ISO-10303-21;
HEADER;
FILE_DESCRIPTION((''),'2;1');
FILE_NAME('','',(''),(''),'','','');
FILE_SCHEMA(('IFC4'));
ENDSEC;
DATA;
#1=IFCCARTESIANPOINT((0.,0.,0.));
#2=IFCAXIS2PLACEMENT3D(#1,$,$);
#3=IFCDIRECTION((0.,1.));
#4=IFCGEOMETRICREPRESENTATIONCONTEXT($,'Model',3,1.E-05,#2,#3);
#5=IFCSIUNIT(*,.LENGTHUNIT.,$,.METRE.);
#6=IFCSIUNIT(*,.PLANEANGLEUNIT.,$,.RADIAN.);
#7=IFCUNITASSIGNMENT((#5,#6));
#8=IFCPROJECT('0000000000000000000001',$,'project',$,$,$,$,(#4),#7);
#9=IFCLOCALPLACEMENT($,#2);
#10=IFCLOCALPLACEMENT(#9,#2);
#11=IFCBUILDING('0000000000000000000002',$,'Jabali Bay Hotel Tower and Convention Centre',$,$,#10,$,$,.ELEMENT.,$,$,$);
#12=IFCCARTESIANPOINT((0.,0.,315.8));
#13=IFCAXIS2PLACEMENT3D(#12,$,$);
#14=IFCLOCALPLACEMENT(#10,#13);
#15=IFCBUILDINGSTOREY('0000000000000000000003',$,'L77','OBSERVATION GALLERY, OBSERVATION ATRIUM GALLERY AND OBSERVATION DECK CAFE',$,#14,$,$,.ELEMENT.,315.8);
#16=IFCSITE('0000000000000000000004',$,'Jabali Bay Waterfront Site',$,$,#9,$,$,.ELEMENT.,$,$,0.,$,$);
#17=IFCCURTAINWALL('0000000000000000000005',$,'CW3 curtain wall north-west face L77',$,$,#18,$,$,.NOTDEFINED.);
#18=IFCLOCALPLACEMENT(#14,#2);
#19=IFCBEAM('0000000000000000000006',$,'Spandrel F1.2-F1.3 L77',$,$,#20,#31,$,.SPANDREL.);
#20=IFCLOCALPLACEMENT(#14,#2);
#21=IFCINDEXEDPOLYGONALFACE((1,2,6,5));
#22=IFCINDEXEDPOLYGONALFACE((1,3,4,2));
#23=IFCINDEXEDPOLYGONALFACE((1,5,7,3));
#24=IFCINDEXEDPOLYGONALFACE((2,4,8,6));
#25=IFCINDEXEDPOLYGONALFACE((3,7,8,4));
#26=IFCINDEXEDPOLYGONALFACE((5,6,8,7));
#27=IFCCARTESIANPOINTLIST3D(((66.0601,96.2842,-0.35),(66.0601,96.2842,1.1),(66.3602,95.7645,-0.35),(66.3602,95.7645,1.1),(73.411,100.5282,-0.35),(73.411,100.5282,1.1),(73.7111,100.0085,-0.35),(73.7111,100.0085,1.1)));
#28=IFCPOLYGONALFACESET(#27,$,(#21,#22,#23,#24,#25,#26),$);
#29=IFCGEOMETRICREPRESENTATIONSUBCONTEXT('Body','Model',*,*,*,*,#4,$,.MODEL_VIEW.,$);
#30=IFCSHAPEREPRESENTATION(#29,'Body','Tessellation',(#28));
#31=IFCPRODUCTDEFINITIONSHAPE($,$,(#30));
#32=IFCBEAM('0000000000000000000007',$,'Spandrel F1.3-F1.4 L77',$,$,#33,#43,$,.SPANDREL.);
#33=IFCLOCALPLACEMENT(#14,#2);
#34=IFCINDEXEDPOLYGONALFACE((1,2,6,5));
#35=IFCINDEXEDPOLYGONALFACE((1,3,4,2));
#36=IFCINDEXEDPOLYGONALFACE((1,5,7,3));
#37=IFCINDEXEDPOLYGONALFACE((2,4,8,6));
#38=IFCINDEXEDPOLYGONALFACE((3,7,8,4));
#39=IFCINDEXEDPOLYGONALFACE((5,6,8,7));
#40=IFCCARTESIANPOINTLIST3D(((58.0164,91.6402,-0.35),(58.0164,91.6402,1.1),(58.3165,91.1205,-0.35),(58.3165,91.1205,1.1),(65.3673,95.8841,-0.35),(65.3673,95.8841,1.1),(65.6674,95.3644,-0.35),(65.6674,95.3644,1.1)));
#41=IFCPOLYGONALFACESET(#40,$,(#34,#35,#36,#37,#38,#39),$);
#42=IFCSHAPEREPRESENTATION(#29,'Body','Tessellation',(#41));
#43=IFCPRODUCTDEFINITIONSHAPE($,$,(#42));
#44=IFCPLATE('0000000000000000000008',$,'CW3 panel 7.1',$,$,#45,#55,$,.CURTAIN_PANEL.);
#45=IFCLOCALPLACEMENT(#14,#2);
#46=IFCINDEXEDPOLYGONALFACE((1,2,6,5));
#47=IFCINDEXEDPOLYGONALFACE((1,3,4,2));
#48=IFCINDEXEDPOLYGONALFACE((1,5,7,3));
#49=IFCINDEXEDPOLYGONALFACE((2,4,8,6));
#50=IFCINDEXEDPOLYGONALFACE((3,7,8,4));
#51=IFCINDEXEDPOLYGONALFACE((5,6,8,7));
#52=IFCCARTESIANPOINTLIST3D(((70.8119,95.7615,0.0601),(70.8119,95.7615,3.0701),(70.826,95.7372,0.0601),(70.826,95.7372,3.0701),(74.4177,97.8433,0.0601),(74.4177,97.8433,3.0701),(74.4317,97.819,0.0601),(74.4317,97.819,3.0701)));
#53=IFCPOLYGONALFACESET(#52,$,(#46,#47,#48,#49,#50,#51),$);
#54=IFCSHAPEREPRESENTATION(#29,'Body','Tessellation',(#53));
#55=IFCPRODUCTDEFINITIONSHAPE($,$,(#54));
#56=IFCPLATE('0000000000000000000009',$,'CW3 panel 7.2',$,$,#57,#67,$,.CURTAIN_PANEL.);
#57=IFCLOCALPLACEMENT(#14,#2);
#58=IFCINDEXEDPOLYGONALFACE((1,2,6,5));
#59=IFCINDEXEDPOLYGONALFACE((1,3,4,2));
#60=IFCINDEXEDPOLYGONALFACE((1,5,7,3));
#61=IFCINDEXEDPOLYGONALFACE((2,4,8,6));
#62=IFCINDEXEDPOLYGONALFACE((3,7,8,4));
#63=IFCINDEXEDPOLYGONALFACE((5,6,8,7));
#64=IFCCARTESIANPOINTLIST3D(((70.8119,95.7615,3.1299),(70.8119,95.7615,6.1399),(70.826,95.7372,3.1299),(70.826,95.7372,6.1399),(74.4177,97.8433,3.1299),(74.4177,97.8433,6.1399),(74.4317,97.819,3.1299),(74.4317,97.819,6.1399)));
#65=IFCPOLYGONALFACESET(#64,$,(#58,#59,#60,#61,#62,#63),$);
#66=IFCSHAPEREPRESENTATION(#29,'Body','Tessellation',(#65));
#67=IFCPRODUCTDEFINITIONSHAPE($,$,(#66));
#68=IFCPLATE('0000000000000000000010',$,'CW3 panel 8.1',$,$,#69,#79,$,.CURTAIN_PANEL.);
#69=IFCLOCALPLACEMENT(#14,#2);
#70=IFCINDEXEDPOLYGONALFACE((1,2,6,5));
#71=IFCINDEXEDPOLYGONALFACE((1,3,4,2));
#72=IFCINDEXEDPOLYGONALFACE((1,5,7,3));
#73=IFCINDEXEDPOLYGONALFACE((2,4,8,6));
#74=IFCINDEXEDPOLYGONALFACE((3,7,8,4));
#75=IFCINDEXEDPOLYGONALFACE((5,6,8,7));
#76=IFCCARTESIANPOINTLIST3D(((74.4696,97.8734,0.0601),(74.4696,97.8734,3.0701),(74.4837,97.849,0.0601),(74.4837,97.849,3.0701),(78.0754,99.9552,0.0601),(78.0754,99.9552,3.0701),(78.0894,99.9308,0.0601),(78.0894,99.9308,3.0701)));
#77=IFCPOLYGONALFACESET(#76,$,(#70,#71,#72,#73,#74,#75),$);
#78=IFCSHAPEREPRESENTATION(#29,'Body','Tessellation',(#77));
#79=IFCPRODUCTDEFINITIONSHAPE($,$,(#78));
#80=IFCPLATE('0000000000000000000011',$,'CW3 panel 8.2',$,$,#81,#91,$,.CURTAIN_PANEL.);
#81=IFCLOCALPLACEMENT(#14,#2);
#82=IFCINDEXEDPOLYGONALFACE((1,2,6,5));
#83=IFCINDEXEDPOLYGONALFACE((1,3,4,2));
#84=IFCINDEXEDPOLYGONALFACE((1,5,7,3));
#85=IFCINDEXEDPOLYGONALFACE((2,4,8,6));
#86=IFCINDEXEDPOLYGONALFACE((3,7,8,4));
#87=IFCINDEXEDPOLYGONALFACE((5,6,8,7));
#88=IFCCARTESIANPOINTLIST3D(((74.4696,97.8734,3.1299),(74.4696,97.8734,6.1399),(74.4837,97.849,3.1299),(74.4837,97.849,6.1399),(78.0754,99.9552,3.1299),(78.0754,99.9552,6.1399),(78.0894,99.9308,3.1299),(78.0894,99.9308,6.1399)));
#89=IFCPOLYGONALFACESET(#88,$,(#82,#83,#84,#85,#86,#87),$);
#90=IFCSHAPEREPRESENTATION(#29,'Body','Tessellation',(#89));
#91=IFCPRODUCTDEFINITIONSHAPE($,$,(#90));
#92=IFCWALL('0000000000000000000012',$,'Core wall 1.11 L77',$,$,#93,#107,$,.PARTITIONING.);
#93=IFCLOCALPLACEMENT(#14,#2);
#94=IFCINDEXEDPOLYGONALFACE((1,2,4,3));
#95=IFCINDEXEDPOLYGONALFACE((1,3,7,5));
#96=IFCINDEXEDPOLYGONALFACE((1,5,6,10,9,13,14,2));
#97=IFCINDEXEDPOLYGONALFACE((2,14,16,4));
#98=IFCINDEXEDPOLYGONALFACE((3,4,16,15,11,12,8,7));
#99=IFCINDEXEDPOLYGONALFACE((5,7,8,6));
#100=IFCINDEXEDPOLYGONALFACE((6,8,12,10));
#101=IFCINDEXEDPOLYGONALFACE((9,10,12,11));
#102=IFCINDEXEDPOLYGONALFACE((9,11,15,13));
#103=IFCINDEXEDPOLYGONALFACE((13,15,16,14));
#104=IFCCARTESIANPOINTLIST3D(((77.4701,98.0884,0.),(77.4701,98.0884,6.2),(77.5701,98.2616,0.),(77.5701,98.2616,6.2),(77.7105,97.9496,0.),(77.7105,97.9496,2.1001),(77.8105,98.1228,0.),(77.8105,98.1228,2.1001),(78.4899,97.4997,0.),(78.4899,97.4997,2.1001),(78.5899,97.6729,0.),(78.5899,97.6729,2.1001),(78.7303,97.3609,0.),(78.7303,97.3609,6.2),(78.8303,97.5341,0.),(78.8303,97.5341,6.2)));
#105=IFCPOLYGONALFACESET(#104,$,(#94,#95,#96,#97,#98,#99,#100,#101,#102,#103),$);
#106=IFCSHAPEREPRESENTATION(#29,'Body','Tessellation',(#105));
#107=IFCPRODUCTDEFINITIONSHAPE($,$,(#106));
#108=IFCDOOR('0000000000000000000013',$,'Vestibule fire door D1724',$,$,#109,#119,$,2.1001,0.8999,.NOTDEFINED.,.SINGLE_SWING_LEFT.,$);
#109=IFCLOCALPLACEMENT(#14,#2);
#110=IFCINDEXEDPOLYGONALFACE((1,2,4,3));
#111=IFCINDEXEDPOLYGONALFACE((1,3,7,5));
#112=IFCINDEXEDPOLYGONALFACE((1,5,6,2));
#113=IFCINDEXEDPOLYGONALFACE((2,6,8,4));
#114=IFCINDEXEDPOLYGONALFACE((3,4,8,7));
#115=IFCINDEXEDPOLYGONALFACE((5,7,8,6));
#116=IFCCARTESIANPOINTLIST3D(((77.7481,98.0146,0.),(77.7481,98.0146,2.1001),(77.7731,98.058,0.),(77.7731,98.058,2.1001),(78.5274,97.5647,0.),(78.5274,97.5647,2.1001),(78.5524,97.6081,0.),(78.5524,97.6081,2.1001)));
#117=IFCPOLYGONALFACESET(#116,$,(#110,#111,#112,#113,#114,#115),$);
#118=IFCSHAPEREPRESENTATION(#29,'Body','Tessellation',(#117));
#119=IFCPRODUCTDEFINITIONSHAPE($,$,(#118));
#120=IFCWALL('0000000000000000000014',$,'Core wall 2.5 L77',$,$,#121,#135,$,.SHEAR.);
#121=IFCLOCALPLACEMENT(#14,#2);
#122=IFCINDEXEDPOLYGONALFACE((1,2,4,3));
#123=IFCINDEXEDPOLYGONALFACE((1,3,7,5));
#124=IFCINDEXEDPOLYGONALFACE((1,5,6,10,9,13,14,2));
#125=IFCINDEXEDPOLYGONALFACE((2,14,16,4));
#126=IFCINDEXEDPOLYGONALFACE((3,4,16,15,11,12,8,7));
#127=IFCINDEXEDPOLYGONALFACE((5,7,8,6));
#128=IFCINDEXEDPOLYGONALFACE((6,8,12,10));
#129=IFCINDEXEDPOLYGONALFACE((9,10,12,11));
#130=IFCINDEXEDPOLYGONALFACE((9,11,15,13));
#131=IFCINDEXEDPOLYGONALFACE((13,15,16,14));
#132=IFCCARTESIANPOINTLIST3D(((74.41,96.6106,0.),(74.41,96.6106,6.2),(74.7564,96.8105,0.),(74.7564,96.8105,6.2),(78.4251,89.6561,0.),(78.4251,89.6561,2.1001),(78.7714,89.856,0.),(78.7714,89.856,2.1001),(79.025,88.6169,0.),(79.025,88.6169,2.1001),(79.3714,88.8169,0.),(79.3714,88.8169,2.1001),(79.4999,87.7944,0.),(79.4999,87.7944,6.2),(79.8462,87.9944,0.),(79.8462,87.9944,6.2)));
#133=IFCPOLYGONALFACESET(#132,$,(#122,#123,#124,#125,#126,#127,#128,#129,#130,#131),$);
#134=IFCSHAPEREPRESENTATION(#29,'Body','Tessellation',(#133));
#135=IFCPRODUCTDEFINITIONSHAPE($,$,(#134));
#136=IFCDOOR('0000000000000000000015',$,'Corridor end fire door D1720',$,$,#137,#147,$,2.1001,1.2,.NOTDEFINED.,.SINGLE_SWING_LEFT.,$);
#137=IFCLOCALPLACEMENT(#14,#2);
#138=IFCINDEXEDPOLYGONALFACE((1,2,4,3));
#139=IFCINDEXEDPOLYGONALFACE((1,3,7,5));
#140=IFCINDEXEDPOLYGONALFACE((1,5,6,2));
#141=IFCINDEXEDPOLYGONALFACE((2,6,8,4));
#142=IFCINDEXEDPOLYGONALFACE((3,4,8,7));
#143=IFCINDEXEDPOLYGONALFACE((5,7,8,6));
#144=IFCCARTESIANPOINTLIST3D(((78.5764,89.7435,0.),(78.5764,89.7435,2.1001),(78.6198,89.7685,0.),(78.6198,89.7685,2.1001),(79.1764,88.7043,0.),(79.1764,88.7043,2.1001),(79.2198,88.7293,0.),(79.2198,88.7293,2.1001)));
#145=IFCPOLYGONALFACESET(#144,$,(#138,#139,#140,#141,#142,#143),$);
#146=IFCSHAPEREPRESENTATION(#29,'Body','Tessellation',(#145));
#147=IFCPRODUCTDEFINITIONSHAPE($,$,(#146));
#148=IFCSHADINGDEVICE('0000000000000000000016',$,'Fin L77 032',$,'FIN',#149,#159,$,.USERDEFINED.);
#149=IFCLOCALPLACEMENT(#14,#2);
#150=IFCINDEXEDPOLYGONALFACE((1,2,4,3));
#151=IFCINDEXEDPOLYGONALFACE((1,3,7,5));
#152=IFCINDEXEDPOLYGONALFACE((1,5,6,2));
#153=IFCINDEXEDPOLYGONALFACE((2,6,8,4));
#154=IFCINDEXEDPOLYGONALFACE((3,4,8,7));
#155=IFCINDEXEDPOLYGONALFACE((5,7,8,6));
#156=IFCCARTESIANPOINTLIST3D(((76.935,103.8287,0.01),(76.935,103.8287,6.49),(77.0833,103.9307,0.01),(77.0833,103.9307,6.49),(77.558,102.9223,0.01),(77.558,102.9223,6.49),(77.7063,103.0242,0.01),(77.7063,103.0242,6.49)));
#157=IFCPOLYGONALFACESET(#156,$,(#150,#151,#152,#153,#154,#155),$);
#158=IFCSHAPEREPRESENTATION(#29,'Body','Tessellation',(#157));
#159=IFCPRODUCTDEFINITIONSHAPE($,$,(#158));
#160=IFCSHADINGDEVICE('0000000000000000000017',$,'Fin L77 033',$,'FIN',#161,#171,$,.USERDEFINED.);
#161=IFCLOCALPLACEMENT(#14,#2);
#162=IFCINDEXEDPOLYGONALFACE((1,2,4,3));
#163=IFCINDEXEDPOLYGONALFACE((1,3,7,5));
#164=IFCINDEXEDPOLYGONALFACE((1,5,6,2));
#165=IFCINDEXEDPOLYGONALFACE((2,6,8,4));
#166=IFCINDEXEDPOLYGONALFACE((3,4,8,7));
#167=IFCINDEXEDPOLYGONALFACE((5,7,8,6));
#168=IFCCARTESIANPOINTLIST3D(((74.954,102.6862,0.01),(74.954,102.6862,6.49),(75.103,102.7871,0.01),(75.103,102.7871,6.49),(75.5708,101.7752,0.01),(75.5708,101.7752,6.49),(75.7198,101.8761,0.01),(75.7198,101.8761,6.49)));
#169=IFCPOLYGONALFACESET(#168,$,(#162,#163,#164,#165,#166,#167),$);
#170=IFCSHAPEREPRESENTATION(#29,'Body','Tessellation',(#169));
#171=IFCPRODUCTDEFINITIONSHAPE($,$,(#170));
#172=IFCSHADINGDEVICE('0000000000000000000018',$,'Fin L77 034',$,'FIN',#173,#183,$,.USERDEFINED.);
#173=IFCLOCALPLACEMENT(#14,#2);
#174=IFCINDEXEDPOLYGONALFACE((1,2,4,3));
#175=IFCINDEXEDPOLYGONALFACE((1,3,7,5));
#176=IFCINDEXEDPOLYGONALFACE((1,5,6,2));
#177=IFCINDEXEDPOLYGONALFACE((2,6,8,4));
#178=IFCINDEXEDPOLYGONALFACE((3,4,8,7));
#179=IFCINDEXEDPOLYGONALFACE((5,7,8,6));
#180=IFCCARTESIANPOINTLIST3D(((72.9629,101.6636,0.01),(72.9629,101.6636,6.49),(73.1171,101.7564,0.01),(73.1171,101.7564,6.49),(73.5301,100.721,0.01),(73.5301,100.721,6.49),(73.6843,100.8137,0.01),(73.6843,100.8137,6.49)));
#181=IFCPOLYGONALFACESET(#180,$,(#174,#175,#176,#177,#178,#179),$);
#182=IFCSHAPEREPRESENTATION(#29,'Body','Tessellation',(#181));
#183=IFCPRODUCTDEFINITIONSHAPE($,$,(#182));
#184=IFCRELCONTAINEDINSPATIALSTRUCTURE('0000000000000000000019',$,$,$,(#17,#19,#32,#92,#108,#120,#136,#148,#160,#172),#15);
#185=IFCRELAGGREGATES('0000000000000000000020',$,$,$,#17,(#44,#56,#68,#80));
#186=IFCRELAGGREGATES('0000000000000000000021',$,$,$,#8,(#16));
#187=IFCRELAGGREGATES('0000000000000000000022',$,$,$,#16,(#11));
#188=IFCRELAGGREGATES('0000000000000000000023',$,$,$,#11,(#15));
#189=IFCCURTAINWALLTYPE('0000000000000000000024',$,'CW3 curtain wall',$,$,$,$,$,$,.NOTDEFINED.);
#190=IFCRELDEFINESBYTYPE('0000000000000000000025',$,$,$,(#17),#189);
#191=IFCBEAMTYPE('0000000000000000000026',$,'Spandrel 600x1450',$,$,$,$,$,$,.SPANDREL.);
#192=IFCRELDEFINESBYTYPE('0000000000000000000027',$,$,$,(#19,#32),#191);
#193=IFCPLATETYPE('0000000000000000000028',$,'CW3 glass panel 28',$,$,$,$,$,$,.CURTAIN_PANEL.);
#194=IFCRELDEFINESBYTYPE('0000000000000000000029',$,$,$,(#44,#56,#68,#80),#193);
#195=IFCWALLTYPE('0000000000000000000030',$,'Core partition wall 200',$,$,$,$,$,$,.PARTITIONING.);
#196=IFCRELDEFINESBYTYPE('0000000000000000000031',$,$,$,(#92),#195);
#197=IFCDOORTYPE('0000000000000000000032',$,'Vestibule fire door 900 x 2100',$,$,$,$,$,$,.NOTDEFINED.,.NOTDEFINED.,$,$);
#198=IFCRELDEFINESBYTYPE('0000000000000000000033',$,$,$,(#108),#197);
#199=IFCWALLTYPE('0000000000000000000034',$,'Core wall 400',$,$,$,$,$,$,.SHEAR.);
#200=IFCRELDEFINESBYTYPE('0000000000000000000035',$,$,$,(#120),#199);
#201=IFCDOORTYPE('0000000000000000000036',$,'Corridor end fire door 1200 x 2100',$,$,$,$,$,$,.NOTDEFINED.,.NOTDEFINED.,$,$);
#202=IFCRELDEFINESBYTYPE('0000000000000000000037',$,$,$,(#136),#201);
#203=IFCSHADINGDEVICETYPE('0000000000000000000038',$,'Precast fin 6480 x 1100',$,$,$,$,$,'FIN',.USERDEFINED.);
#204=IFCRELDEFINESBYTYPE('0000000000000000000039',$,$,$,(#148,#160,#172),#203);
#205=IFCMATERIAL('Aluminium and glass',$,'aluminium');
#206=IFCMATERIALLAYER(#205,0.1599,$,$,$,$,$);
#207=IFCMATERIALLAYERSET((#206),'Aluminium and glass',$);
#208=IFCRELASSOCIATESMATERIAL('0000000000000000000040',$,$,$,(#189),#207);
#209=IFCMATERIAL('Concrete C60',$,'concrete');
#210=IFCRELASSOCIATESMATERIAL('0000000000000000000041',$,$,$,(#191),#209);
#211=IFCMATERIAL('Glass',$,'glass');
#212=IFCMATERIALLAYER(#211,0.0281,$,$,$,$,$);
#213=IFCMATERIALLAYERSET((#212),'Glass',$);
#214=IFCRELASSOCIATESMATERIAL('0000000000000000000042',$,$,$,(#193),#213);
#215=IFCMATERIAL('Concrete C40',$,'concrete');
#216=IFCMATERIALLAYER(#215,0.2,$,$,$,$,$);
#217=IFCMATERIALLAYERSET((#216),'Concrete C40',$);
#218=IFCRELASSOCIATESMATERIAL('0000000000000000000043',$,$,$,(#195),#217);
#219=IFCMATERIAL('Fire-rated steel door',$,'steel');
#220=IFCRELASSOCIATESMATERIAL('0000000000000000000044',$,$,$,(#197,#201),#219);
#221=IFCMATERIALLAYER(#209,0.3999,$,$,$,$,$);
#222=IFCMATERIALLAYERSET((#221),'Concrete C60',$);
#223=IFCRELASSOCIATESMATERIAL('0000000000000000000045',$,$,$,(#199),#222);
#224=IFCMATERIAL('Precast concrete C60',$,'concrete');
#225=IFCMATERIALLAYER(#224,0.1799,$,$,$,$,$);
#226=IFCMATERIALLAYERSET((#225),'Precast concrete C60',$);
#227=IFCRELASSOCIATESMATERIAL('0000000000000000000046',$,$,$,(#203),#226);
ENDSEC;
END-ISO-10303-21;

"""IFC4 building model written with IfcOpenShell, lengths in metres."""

from ifc_helpers import new_model, si_unit, direction, frame, frame_2d, origin, origin_2d, place, context, subcontext, project, spatial, rectangle, extrude, material, layer, layer_set, material_profile, profile_set, type_object, element, fill, aggregate, save


model = new_model("IFC4")

# Units and contexts
model_context = context("Model", 3, precision=1e-05, world=origin(), true_north=direction((0.0, 1.0)))
body_context = subcontext(model_context, "Body", "Model", "MODEL_VIEW")
ifc_project = project(units=[si_unit("LENGTHUNIT", "METRE"), si_unit("PLANEANGLEUNIT", "RADIAN")], contexts=[model_context])

# Site, building, storey
site_placement = place(None, origin())
site = spatial("IfcSite", under=ifc_project, at=site_placement, Name="Jabali Bay Waterfront Site", CompositionType="ELEMENT", RefElevation=0.0)
building_placement = place(site_placement, origin())
building = spatial("IfcBuilding", under=site, at=building_placement, Name="Jabali Bay Hotel Tower and Convention Centre", CompositionType="ELEMENT")
storey_placement = place(building_placement, frame((0.0, 0.0, 315.8)))
storey = spatial("IfcBuildingStorey", under=building, at=storey_placement, Name="L77", Description="OBSERVATION GALLERY, OBSERVATION ATRIUM GALLERY AND OBSERVATION DECK CAFE", CompositionType="ELEMENT", Elevation=315.8)

# Shared definitions
ifc_material_1 = material(Name="Concrete C60", Category="concrete")

# Curtain wall
ifc_material_2 = material(Name="Aluminium and glass", Category="aluminium")
ifc_layer_1 = layer(ifc_material_2, 0.1599)
ifc_layer_set_1 = layer_set([ifc_layer_1], Name="Aluminium and glass")
curtain_wall_type = type_object("IfcCurtainWallType", Name="CW3 curtain wall", PredefinedType="NOTDEFINED", material=ifc_layer_set_1)
curtain_wall_placement = place(storey_placement, origin())
curtain_wall = element("IfcCurtainWall", 1, at=curtain_wall_placement, inside=storey, type_object=curtain_wall_type, Name="CW3 curtain wall north-west face L77", PredefinedType="NOTDEFINED")

# Beams
ifc_material_profile_1 = material_profile(ifc_material_1, rectangle(XDim=0.6001, YDim=1.45, at=origin_2d()), Name="Spandrel 600x1450")
ifc_profile_set_1 = profile_set([ifc_material_profile_1], Name="Concrete C60")
beam_type = type_object("IfcBeamType", Name="Spandrel 600x1450", PredefinedType="SPANDREL", material=ifc_profile_set_1)
for number, where, z_axis, x_axis, name in (
    (2, (73.561, 100.2683, 0.375), (-0.866031, -0.499991, 0.0), (0.499991, -0.866031, 0.0), "Spandrel F1.2-F1.3 L77"),
    (3, (65.5173, 95.6243, 0.375), (-0.866031, -0.499991, 0.0), (0.499991, -0.866031, 0.0), "Spandrel F1.3-F1.4 L77"),
):
    element("IfcBeam", number, at=place(storey_placement, frame(where, z_axis=z_axis, x_axis=x_axis)), inside=storey, type_object=beam_type, Name=name, PredefinedType="SPANDREL", context=body_context, shape_type="SweptSolid", body=[
        extrude(rectangle(XDim=0.6001, YDim=1.45, at=origin_2d()), origin(), (0.0, 0.0, 1.0), 8.488),
    ])

# Plates
ifc_material_3 = material(Name="Glass", Category="glass")
ifc_layer_2 = layer(ifc_material_3, 0.0281)
ifc_layer_set_2 = layer_set([ifc_layer_2], Name="Glass")
plate_type = type_object("IfcPlateType", Name="CW3 glass panel 28", PredefinedType="CURTAIN_PANEL", material=ifc_layer_set_2)
plate_1_placement = place(storey_placement, frame((72.6218, 96.7903, 0.0601), z_axis=(0.0, 0.0, 1.0), x_axis=(0.866025, 0.5, 0.0)))
plate_1 = element("IfcPlate", 4, at=plate_1_placement, type_object=plate_type, Name="CW3 panel 7.1", PredefinedType="CURTAIN_PANEL", context=body_context, shape_type="SweptSolid", body=[
    extrude(rectangle(XDim=4.1636, YDim=0.0281, at=origin_2d()), origin(), (0.0, 0.0, 1.0), 3.01),
])
plate_2_placement = place(storey_placement, frame((72.6218, 96.7903, 3.1299), z_axis=(0.0, 0.0, 1.0), x_axis=(0.866025, 0.5, 0.0)))
plate_2 = element("IfcPlate", 5, at=plate_2_placement, type_object=plate_type, Name="CW3 panel 7.2", PredefinedType="CURTAIN_PANEL", context=body_context, shape_type="SweptSolid", body=[
    extrude(rectangle(XDim=4.1636, YDim=0.0281, at=origin_2d()), origin(), (0.0, 0.0, 1.0), 3.01),
])
plate_3_placement = place(storey_placement, frame((76.2795, 98.9021, 0.0601), z_axis=(0.0, 0.0, 1.0), x_axis=(0.866025, 0.5, 0.0)))
plate_3 = element("IfcPlate", 6, at=plate_3_placement, type_object=plate_type, Name="CW3 panel 8.1", PredefinedType="CURTAIN_PANEL", context=body_context, shape_type="SweptSolid", body=[
    extrude(rectangle(XDim=4.1636, YDim=0.0281, at=origin_2d()), origin(), (0.0, 0.0, 1.0), 3.01),
])
plate_4_placement = place(storey_placement, frame((76.2795, 98.9021, 3.1299), z_axis=(0.0, 0.0, 1.0), x_axis=(0.866025, 0.5, 0.0)))
plate_4 = element("IfcPlate", 7, at=plate_4_placement, type_object=plate_type, Name="CW3 panel 8.2", PredefinedType="CURTAIN_PANEL", context=body_context, shape_type="SweptSolid", body=[
    extrude(rectangle(XDim=4.1636, YDim=0.0281, at=origin_2d()), origin(), (0.0, 0.0, 1.0), 3.01),
])
aggregate(curtain_wall, [plate_1, plate_2, plate_3, plate_4])

# Walls, openings, doors
ifc_material_4 = material(Name="Concrete C40", Category="concrete")
ifc_layer_3 = layer(ifc_material_4, 0.2)
ifc_layer_set_3 = layer_set([ifc_layer_3], Name="Concrete C40")
wall_type_1 = type_object("IfcWallType", Name="Core partition wall 200", PredefinedType="PARTITIONING", material=ifc_layer_set_3)
wall_1_placement = place(storey_placement, frame((78.7803, 97.4475, 0.0), z_axis=(0.0, 0.0, 1.0), x_axis=(-0.866046, 0.499965, 0.0)))
wall_1 = element("IfcWall", 8, at=wall_1_placement, inside=storey, type_object=wall_type_1, Name="Core wall 1.11 L77", PredefinedType="PARTITIONING", context=body_context, shape_type="SweptSolid", body=[
    extrude(rectangle(XDim=1.4551, YDim=0.2, at=frame_2d((0.7275, 0.0))), origin(), (0.0, 0.0, 1.0), 6.2),
])
opening_1_placement = place(wall_1_placement, frame((0.2776, 0.0, 0.0)))
opening_1 = element("IfcOpeningElement", 9, at=opening_1_placement, cuts=wall_1, PredefinedType="OPENING", context=body_context, shape_type="SweptSolid", body=[
    extrude(rectangle(XDim=0.8999, YDim=2.1001, at=frame_2d((0.45, 1.05))), frame((0.0, 0.1104, 0.0), z_axis=(0.0, -1.0, 0.0), x_axis=(1.0, 0.0, 0.0)), (0.0, 0.0, 1.0), 0.2209),
])
ifc_material_5 = material(Name="Fire-rated steel door", Category="steel")
door_type_1 = type_object("IfcDoorType", Name="Vestibule fire door 900 x 2100", OperationType="NOTDEFINED", PredefinedType="NOTDEFINED", material=ifc_material_5)
door_1_placement = place(opening_1_placement, origin())
door_1 = element("IfcDoor", 10, at=door_1_placement, inside=storey, type_object=door_type_1, Name="Vestibule fire door D1724", OperationType="SINGLE_SWING_LEFT", OverallHeight=2.1001, OverallWidth=0.8999, PredefinedType="NOTDEFINED", context=body_context, shape_type="SweptSolid", body=[
    extrude(rectangle(XDim=0.8999, YDim=2.1001, at=frame_2d((0.45, 1.05))), frame((0.0, 0.0249, 0.0), z_axis=(0.0, -1.0, 0.0), x_axis=(1.0, 0.0, 0.0)), (0.0, 0.0, 1.0), 0.05),
])
fill(opening_1, door_1)
ifc_layer_4 = layer(ifc_material_1, 0.3999)
ifc_layer_set_4 = layer_set([ifc_layer_4], Name="Concrete C60")
wall_type_2 = type_object("IfcWallType", Name="Core wall 400", PredefinedType="SHEAR", material=ifc_layer_set_4)
wall_2_placement = place(storey_placement, frame((74.5833, 96.7104, 0.0), z_axis=(0.0, 0.0, 1.0), x_axis=(0.499987, -0.866033, 0.0)))
wall_2 = element("IfcWall", 11, at=wall_2_placement, inside=storey, type_object=wall_type_2, Name="Core wall 2.5 L77", PredefinedType="SHEAR", context=body_context, shape_type="SweptSolid", body=[
    extrude(rectangle(XDim=10.1799, YDim=0.3999, at=frame_2d((5.0898, 0.0))), origin(), (0.0, 0.0, 1.0), 6.2),
])
opening_2_placement = place(wall_2_placement, frame((8.03, 0.0, 0.0)))
opening_2 = element("IfcOpeningElement", 12, at=opening_2_placement, cuts=wall_2, PredefinedType="OPENING", context=body_context, shape_type="SweptSolid", body=[
    extrude(rectangle(XDim=1.2, YDim=2.1001, at=frame_2d((0.6001, 1.05))), frame((0.0, 0.2104, 0.0), z_axis=(0.0, -1.0, 0.0), x_axis=(1.0, 0.0, 0.0)), (0.0, 0.0, 1.0), 0.4209),
])
door_type_2 = type_object("IfcDoorType", Name="Corridor end fire door 1200 x 2100", OperationType="NOTDEFINED", PredefinedType="NOTDEFINED", material=ifc_material_5)
door_2_placement = place(opening_2_placement, origin())
door_2 = element("IfcDoor", 13, at=door_2_placement, inside=storey, type_object=door_type_2, Name="Corridor end fire door D1720", OperationType="SINGLE_SWING_LEFT", OverallHeight=2.1001, OverallWidth=1.2, PredefinedType="NOTDEFINED", context=body_context, shape_type="SweptSolid", body=[
    extrude(rectangle(XDim=1.2, YDim=2.1001, at=frame_2d((0.6001, 1.05))), frame((0.0, 0.0249, 0.0), z_axis=(0.0, -1.0, 0.0), x_axis=(1.0, 0.0, 0.0)), (0.0, 0.0, 1.0), 0.05),
])
fill(opening_2, door_2)

# Shading devices
ifc_material_6 = material(Name="Precast concrete C60", Category="concrete")
ifc_layer_5 = layer(ifc_material_6, 0.1799)
ifc_layer_set_5 = layer_set([ifc_layer_5], Name="Precast concrete C60")
shading_device_type = type_object("IfcShadingDeviceType", Name="Precast fin 6480 x 1100", ElementType="FIN", PredefinedType="USERDEFINED", material=ifc_layer_set_5)
shading_device_1_placement = place(storey_placement, frame((77.6321, 102.9734, 0.01), z_axis=(0.0, 0.0, 1.0), x_axis=(-0.566425, 0.824113, 0.0)))
element("IfcShadingDevice", 14, at=shading_device_1_placement, inside=storey, type_object=shading_device_type, Name="Fin L77 032", ObjectType="FIN", PredefinedType="USERDEFINED", context=body_context, shape_type="SweptSolid", body=[
    extrude(rectangle(XDim=1.0999, YDim=0.1799, at=frame_2d((0.5498, 0.0))), origin(), (0.0, 0.0, 1.0), 6.48),
])
for number, where, z_axis, x_axis, name in (
    (15, (75.6453, 101.8257, 0.01), (0.0, 0.0, 1.0), (-0.560627, 0.828068, 0.0), "Fin L77 033"),
    (16, (73.6072, 100.7673, 0.01), (0.0, 0.0, 1.0), (-0.51554, 0.856866, 0.0), "Fin L77 034"),
):
    element("IfcShadingDevice", number, at=place(storey_placement, frame(where, z_axis=z_axis, x_axis=x_axis)), inside=storey, type_object=shading_device_type, Name=name, ObjectType="FIN", PredefinedType="USERDEFINED", context=body_context, shape_type="SweptSolid", body=[
        extrude(rectangle(XDim=1.1001, YDim=0.1799, at=frame_2d((0.55, 0.0))), origin(), (0.0, 0.0, 1.0), 6.48),
    ])

save(model, "model.ifc")
